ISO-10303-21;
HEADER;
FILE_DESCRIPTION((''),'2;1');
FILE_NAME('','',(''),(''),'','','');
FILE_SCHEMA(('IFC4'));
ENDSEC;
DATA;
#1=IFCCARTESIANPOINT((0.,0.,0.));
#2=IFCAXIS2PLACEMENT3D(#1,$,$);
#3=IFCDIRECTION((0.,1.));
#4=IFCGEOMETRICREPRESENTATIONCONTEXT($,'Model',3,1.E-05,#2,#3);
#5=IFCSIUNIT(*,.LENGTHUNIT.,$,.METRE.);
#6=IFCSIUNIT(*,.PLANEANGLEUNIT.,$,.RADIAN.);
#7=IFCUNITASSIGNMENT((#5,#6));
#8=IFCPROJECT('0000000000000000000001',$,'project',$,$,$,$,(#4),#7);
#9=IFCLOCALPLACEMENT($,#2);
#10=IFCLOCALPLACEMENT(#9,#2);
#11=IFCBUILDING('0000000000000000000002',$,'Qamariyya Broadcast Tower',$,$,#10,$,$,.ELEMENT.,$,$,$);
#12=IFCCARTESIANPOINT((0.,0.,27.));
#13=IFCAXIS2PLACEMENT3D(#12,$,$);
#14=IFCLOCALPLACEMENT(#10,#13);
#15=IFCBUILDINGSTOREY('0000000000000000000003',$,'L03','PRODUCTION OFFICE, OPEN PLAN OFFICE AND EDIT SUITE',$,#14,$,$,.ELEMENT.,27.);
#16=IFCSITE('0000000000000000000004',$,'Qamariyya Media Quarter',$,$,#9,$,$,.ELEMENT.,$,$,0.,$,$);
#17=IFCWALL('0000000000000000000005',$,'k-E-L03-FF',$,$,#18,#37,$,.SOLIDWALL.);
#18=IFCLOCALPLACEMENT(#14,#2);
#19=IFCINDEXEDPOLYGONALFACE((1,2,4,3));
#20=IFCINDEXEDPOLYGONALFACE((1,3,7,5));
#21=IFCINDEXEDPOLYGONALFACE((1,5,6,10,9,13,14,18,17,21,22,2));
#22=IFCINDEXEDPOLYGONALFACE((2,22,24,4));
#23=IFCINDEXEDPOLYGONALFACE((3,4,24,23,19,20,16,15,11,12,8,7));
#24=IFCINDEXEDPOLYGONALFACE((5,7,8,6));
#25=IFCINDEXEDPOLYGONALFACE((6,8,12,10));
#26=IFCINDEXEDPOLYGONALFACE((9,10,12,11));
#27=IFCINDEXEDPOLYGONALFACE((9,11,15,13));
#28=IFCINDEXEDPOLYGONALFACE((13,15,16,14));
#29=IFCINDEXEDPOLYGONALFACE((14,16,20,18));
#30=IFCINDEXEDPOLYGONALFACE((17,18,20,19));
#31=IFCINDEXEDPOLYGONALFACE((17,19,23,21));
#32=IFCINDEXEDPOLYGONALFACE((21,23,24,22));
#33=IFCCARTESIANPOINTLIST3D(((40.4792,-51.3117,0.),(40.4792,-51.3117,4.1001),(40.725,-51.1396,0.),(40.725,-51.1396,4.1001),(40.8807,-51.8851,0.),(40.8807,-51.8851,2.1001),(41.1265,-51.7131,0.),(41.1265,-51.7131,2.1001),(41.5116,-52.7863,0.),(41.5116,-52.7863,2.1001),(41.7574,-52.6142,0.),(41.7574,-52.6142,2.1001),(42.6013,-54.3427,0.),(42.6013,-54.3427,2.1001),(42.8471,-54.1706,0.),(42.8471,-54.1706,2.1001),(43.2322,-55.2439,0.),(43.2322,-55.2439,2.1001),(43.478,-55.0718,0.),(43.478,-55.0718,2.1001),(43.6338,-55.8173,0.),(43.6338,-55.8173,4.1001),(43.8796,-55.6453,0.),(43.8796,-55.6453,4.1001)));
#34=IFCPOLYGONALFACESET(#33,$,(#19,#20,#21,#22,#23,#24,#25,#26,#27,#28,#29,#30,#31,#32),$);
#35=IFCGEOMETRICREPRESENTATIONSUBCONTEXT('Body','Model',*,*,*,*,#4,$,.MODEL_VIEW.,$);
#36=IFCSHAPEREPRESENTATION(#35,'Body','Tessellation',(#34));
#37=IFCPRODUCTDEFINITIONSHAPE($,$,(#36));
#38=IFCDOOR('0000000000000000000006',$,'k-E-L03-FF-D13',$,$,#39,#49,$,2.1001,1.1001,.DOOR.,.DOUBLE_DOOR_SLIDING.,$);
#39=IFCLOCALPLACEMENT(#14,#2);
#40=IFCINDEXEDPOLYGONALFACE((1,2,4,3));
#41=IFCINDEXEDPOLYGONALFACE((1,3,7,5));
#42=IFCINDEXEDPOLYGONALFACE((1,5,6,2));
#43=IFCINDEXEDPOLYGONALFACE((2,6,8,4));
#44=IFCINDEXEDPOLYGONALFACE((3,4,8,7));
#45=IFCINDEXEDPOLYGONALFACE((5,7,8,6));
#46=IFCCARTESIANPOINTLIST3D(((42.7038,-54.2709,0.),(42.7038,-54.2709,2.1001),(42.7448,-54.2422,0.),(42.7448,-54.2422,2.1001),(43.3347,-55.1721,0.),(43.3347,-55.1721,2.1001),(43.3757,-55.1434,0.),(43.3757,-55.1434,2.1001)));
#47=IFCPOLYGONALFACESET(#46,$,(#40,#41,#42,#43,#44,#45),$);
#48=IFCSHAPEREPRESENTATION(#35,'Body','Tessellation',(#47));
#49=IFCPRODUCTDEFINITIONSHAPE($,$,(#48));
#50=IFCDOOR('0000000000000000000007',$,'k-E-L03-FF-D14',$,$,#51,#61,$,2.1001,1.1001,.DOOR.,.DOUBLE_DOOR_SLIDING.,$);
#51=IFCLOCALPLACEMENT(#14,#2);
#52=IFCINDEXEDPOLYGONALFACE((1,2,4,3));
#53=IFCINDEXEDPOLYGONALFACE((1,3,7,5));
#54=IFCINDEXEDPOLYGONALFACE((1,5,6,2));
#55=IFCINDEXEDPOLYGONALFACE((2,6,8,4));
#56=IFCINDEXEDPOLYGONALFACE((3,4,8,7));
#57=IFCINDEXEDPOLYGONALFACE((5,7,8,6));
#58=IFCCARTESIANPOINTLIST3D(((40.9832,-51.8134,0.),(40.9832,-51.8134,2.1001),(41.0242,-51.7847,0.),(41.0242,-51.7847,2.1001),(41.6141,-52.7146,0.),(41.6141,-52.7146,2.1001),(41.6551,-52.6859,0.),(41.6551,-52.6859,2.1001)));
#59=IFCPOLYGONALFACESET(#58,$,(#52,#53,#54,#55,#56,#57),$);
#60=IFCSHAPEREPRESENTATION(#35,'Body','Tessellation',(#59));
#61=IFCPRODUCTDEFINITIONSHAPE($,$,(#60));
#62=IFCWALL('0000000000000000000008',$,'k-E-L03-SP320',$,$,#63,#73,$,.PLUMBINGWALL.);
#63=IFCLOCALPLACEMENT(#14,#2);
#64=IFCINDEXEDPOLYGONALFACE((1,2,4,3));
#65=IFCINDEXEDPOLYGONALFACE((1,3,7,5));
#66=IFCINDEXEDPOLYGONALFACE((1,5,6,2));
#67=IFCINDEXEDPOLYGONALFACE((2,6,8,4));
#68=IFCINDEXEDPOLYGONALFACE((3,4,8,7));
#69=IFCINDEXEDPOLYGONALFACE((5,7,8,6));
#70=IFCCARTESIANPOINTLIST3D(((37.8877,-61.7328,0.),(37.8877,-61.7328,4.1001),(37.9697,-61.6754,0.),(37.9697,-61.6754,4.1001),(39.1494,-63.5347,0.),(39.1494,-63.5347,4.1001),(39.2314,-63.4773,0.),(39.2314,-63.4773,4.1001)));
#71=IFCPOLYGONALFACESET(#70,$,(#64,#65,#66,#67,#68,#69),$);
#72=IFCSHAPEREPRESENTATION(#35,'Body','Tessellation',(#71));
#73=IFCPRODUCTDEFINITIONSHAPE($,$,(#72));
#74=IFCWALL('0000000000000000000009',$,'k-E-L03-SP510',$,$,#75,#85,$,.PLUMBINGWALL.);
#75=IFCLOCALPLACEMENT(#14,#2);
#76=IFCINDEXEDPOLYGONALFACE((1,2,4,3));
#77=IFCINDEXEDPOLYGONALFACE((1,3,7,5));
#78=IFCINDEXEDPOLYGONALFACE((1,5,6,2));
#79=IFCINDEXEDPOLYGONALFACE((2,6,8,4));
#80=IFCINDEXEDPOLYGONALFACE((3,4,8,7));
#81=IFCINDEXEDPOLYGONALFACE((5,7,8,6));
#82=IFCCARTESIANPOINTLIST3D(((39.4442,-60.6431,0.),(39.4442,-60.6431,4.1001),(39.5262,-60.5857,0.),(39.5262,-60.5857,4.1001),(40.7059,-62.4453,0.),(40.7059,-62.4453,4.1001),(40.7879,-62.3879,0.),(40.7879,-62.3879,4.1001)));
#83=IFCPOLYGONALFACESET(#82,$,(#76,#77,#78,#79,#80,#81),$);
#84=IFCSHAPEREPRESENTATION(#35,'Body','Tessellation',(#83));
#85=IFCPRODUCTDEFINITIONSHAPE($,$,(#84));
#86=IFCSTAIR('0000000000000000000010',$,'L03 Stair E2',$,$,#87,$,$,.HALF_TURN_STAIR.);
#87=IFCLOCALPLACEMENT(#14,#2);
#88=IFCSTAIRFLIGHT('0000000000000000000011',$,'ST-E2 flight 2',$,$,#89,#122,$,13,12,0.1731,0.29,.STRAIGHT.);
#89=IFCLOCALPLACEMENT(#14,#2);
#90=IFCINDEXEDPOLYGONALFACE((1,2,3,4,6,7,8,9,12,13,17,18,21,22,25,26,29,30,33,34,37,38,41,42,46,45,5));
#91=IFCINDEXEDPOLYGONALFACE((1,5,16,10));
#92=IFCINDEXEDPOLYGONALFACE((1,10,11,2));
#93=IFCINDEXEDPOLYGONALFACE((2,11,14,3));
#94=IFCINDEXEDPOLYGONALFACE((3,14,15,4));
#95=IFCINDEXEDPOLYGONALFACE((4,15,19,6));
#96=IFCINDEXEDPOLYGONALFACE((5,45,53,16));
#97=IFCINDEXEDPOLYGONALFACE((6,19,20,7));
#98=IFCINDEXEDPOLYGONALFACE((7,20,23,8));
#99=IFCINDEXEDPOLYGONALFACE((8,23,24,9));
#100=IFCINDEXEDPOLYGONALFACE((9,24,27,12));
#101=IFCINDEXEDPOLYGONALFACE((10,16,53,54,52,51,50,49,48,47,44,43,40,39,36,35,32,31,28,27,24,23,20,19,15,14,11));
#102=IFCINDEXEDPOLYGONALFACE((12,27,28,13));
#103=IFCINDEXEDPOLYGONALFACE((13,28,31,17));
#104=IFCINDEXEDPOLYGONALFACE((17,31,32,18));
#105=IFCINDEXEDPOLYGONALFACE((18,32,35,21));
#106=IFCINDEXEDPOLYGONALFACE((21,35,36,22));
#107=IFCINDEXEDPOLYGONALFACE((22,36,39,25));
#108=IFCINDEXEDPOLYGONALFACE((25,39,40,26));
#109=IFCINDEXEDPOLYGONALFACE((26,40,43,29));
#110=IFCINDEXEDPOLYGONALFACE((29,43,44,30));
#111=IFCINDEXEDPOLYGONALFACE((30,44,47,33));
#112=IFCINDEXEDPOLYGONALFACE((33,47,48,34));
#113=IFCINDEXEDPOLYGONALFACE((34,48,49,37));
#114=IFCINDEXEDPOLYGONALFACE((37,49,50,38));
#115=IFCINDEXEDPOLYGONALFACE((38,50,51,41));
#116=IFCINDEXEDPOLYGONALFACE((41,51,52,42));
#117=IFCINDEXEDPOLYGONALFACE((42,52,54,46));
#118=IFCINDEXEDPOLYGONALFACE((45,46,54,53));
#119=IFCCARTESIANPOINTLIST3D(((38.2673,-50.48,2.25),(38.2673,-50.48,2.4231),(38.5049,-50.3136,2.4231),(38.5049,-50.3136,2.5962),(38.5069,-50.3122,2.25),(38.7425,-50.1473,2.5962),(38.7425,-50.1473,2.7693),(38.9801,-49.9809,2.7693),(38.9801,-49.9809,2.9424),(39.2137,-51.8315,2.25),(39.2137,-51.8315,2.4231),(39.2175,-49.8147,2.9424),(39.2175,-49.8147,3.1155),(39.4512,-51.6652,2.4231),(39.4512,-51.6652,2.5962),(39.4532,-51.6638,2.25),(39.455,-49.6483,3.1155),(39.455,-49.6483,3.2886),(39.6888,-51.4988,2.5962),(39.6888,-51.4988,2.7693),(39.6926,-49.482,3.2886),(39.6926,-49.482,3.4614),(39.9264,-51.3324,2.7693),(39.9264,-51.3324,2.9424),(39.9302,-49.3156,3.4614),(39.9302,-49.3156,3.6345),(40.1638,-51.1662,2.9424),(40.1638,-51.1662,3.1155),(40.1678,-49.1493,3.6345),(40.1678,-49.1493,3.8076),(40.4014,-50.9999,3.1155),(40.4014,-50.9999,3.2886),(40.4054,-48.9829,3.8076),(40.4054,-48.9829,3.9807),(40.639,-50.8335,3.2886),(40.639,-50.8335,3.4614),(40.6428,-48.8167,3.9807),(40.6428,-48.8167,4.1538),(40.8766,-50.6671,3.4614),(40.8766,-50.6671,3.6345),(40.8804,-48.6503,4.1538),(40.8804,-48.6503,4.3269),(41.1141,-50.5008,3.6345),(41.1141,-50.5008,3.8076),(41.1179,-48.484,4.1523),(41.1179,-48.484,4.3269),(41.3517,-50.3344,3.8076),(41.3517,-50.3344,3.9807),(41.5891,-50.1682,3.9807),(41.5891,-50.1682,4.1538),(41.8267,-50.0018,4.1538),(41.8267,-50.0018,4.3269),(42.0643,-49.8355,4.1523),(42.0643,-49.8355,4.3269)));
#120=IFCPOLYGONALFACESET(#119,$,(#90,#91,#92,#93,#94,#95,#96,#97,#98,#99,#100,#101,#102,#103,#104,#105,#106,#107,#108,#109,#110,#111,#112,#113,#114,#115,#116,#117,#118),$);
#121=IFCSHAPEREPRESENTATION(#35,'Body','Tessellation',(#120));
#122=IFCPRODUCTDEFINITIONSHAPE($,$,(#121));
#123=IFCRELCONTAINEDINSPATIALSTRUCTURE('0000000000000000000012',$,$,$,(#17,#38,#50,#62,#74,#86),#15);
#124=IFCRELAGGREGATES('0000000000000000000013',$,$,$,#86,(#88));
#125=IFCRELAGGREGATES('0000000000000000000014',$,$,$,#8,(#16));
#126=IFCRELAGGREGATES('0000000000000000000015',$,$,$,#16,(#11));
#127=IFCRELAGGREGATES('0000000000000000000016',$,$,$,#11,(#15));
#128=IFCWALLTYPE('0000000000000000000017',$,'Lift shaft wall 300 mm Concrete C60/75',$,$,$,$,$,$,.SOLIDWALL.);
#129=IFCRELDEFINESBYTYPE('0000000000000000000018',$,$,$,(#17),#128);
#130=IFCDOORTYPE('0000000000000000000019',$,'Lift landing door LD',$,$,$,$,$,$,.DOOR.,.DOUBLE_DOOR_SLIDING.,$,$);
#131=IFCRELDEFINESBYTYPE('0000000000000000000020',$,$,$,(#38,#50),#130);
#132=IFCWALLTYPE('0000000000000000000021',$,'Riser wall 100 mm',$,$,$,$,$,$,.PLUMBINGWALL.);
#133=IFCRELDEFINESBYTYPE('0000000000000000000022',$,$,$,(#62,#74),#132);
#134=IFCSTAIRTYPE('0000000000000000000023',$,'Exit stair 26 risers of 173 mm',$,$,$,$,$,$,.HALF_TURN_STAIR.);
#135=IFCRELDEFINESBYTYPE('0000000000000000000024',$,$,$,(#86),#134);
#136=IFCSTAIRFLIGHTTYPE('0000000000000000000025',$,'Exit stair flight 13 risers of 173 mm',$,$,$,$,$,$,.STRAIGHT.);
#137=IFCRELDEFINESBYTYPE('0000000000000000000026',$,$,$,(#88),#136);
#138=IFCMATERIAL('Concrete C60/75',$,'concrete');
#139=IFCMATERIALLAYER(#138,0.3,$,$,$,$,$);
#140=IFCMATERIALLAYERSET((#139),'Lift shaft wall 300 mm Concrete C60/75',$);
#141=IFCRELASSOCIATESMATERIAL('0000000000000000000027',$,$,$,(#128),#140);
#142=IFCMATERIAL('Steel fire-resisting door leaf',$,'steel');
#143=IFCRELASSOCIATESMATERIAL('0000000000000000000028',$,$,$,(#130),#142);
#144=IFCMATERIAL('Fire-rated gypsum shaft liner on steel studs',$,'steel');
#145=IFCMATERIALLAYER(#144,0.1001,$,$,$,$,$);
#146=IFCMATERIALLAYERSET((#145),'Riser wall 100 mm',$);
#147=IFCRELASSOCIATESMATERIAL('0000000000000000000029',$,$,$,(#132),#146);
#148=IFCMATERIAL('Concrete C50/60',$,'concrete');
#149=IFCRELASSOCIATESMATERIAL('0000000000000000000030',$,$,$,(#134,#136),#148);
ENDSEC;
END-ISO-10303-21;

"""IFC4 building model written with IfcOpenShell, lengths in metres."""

from ifc_helpers import new_model, si_unit, direction, frame, frame_2d, origin, place, context, subcontext, project, spatial, polyline, rectangle, outline, extrude, material, layer, layer_set, type_object, element, fill, aggregate, save


model = new_model("IFC4")

# Units and contexts
model_context = context("Model", 3, precision=1e-05, world=origin(), true_north=direction((0.0, 1.0)))
body_context = subcontext(model_context, "Body", "Model", "MODEL_VIEW")
ifc_project = project(units=[si_unit("LENGTHUNIT", "METRE"), si_unit("PLANEANGLEUNIT", "RADIAN")], contexts=[model_context])

# Site, building, storey
site_placement = place(None, origin())
site = spatial("IfcSite", under=ifc_project, at=site_placement, Name="Qamariyya Media Quarter", CompositionType="ELEMENT", RefElevation=0.0)
building_placement = place(site_placement, origin())
building = spatial("IfcBuilding", under=site, at=building_placement, Name="Qamariyya Broadcast Tower", CompositionType="ELEMENT")
storey_placement = place(building_placement, frame((0.0, 0.0, 27.0)))
storey = spatial("IfcBuildingStorey", under=building, at=storey_placement, Name="L03", Description="PRODUCTION OFFICE, OPEN PLAN OFFICE AND EDIT SUITE", CompositionType="ELEMENT", Elevation=27.0)

# Shared definitions
ifc_material_1 = material(Name="Concrete C60/75", Category="concrete")
ifc_layer_1 = layer(ifc_material_1, 0.3)
ifc_layer_set_1 = layer_set([ifc_layer_1], Name="Lift shaft wall 300 mm Concrete C60/75")
wall_type_1 = type_object("IfcWallType", Name="Lift shaft wall 300 mm Concrete C60/75", PredefinedType="SOLIDWALL", material=ifc_layer_set_1)

# Shared definitions
ifc_material_2 = material(Name="Steel fire-resisting door leaf", Category="steel")

# Wall, openings, doors
wall_1_placement = place(storey_placement, frame((43.7566, -55.7312, 0.0), z_axis=(0.0, 0.0, 1.0), x_axis=(-0.573537, 0.81918, 0.0)))
wall_1 = element("IfcWall", 1, at=wall_1_placement, inside=storey, type_object=wall_type_1, Name="k-E-L03-FF", PredefinedType="SOLIDWALL", context=body_context, shape_type="SweptSolid", body=[
    extrude(rectangle(XDim=5.5002, YDim=0.3, at=frame_2d((2.75, 0.0))), origin(), (0.0, 0.0, 1.0), 4.1001),
])
opening_1_placement = place(wall_1_placement, frame((0.7, 0.0, 0.0)))
opening_1 = element("IfcOpeningElement", 2, at=opening_1_placement, cuts=wall_1, PredefinedType="OPENING", context=body_context, shape_type="SweptSolid", body=[
    extrude(rectangle(XDim=1.1001, YDim=2.1001, at=frame_2d((0.55, 1.05))), frame((0.0, 0.1599, 0.0), z_axis=(0.0, -1.0, 0.0), x_axis=(1.0, 0.0, 0.0)), (0.0, 0.0, 1.0), 0.3201),
])
opening_2_placement = place(wall_1_placement, frame((3.7, 0.0, 0.0)))
opening_2 = element("IfcOpeningElement", 3, at=opening_2_placement, cuts=wall_1, PredefinedType="OPENING", context=body_context, shape_type="SweptSolid", body=[
    extrude(rectangle(XDim=1.1001, YDim=2.1001, at=frame_2d((0.55, 1.05))), frame((0.0, 0.1599, 0.0), z_axis=(0.0, -1.0, 0.0), x_axis=(1.0, 0.0, 0.0)), (0.0, 0.0, 1.0), 0.3201),
])
door_type_1 = type_object("IfcDoorType", Name="Lift landing door LD", OperationType="DOUBLE_DOOR_SLIDING", PredefinedType="DOOR", material=ifc_material_2)
door_1_placement = place(opening_1_placement, origin())
door_1 = element("IfcDoor", 4, at=door_1_placement, inside=storey, type_object=door_type_1, Name="k-E-L03-FF-D13", OperationType="DOUBLE_DOOR_SLIDING", OverallHeight=2.1001, OverallWidth=1.1001, PredefinedType="DOOR", context=body_context, shape_type="SweptSolid", body=[
    extrude(rectangle(XDim=1.1001, YDim=2.1001, at=frame_2d((0.55, 1.05))), frame((0.0, 0.0249, 0.0), z_axis=(0.0, -1.0, 0.0), x_axis=(1.0, 0.0, 0.0)), (0.0, 0.0, 1.0), 0.05),
])
fill(opening_1, door_1)
door_2_placement = place(opening_2_placement, origin())
door_2 = element("IfcDoor", 5, at=door_2_placement, inside=storey, type_object=door_type_1, Name="k-E-L03-FF-D14", OperationType="DOUBLE_DOOR_SLIDING", OverallHeight=2.1001, OverallWidth=1.1001, PredefinedType="DOOR", context=body_context, shape_type="SweptSolid", body=[
    extrude(rectangle(XDim=1.1001, YDim=2.1001, at=frame_2d((0.55, 1.05))), frame((0.0, 0.0249, 0.0), z_axis=(0.0, -1.0, 0.0), x_axis=(1.0, 0.0, 0.0)), (0.0, 0.0, 1.0), 0.05),
])
fill(opening_2, door_2)

# Walls
ifc_material_3 = material(Name="Fire-rated gypsum shaft liner on steel studs", Category="steel")
ifc_layer_2 = layer(ifc_material_3, 0.1001)
ifc_layer_set_2 = layer_set([ifc_layer_2], Name="Riser wall 100 mm")
wall_type_2 = type_object("IfcWallType", Name="Riser wall 100 mm", PredefinedType="PLUMBINGWALL", material=ifc_layer_set_2)
wall_2_placement = place(storey_placement, frame((37.9287, -61.7041, 0.0), z_axis=(0.0, 0.0, 1.0), x_axis=(0.573559, -0.819164, 0.0)))
element("IfcWall", 6, at=wall_2_placement, inside=storey, type_object=wall_type_2, Name="k-E-L03-SP320", PredefinedType="PLUMBINGWALL", context=body_context, shape_type="SweptSolid", body=[
    extrude(rectangle(XDim=2.1997, YDim=0.1001, at=frame_2d((1.0999, 0.0))), origin(), (0.0, 0.0, 1.0), 4.1001),
])
wall_3_placement = place(storey_placement, frame((39.4851, -60.6143, 0.0), z_axis=(0.0, 0.0, 1.0), x_axis=(0.573507, -0.819201, 0.0)))
element("IfcWall", 7, at=wall_3_placement, inside=storey, type_object=wall_type_2, Name="k-E-L03-SP510", PredefinedType="PLUMBINGWALL", context=body_context, shape_type="SweptSolid", body=[
    extrude(rectangle(XDim=2.2, YDim=0.1001, at=frame_2d((1.1001, 0.0))), origin(), (0.0, 0.0, 1.0), 4.1001),
])

# Stair, stair flight
ifc_material_4 = material(Name="Concrete C50/60", Category="concrete")
stair_type = type_object("IfcStairType", Name="Exit stair 26 risers of 173 mm", PredefinedType="HALF_TURN_STAIR", material=ifc_material_4)
stair_placement = place(storey_placement, origin())
stair = element("IfcStair", 8, at=stair_placement, inside=storey, type_object=stair_type, Name="L03 Stair E2", PredefinedType="HALF_TURN_STAIR")
stair_flight_type = type_object("IfcStairFlightType", Name="Exit stair flight 13 risers of 173 mm", PredefinedType="STRAIGHT", material=ifc_material_4)
stair_flight_placement = place(storey_placement, frame((38.7405, -51.1558, 2.25), z_axis=(0.0, 0.0, 1.0), x_axis=(0.819152, 0.573576, 0.0)))
stair_flight = element("IfcStairFlight", 9, at=stair_flight_placement, type_object=stair_flight_type, Name="ST-E2 flight 2", NumberOfRisers=13, NumberOfTreads=12, PredefinedType="STRAIGHT", RiserHeight=0.1731, TreadLength=0.29, context=body_context, shape_type="SweptSolid", body=[
    extrude(outline(polyline([(0.0, 0.0), (0.0, 0.1731), (0.29, 0.1731), (0.29, 0.3462), (0.5801, 0.3462), (0.5801, 0.5193), (0.8701, 0.5193), (0.8701, 0.6924), (1.1599, 0.6924), (1.1599, 0.8655), (1.45, 0.8655), (1.45, 1.0386), (1.74, 1.0386), (1.74, 1.2114), (2.03, 1.2114), (2.03, 1.3845), (2.3201, 1.3845), (2.3201, 1.5576), (2.6101, 1.5576), (2.6101, 1.7307), (2.8999, 1.7307), (2.8999, 1.9038), (3.1899, 1.9038), (3.1899, 2.0769), (3.48, 2.0769), (3.48, 2.25), (3.48, 1.9023), (0.2925, 0.0), (0.0, 0.0)])), frame((0.0, 0.825, 0.0), z_axis=(0.0, -1.0, 0.0), x_axis=(1.0, 0.0, 0.0)), (0.0, 0.0, 1.0), 1.6499),
])
aggregate(stair, [stair_flight])

save(model, "model.ifc")
